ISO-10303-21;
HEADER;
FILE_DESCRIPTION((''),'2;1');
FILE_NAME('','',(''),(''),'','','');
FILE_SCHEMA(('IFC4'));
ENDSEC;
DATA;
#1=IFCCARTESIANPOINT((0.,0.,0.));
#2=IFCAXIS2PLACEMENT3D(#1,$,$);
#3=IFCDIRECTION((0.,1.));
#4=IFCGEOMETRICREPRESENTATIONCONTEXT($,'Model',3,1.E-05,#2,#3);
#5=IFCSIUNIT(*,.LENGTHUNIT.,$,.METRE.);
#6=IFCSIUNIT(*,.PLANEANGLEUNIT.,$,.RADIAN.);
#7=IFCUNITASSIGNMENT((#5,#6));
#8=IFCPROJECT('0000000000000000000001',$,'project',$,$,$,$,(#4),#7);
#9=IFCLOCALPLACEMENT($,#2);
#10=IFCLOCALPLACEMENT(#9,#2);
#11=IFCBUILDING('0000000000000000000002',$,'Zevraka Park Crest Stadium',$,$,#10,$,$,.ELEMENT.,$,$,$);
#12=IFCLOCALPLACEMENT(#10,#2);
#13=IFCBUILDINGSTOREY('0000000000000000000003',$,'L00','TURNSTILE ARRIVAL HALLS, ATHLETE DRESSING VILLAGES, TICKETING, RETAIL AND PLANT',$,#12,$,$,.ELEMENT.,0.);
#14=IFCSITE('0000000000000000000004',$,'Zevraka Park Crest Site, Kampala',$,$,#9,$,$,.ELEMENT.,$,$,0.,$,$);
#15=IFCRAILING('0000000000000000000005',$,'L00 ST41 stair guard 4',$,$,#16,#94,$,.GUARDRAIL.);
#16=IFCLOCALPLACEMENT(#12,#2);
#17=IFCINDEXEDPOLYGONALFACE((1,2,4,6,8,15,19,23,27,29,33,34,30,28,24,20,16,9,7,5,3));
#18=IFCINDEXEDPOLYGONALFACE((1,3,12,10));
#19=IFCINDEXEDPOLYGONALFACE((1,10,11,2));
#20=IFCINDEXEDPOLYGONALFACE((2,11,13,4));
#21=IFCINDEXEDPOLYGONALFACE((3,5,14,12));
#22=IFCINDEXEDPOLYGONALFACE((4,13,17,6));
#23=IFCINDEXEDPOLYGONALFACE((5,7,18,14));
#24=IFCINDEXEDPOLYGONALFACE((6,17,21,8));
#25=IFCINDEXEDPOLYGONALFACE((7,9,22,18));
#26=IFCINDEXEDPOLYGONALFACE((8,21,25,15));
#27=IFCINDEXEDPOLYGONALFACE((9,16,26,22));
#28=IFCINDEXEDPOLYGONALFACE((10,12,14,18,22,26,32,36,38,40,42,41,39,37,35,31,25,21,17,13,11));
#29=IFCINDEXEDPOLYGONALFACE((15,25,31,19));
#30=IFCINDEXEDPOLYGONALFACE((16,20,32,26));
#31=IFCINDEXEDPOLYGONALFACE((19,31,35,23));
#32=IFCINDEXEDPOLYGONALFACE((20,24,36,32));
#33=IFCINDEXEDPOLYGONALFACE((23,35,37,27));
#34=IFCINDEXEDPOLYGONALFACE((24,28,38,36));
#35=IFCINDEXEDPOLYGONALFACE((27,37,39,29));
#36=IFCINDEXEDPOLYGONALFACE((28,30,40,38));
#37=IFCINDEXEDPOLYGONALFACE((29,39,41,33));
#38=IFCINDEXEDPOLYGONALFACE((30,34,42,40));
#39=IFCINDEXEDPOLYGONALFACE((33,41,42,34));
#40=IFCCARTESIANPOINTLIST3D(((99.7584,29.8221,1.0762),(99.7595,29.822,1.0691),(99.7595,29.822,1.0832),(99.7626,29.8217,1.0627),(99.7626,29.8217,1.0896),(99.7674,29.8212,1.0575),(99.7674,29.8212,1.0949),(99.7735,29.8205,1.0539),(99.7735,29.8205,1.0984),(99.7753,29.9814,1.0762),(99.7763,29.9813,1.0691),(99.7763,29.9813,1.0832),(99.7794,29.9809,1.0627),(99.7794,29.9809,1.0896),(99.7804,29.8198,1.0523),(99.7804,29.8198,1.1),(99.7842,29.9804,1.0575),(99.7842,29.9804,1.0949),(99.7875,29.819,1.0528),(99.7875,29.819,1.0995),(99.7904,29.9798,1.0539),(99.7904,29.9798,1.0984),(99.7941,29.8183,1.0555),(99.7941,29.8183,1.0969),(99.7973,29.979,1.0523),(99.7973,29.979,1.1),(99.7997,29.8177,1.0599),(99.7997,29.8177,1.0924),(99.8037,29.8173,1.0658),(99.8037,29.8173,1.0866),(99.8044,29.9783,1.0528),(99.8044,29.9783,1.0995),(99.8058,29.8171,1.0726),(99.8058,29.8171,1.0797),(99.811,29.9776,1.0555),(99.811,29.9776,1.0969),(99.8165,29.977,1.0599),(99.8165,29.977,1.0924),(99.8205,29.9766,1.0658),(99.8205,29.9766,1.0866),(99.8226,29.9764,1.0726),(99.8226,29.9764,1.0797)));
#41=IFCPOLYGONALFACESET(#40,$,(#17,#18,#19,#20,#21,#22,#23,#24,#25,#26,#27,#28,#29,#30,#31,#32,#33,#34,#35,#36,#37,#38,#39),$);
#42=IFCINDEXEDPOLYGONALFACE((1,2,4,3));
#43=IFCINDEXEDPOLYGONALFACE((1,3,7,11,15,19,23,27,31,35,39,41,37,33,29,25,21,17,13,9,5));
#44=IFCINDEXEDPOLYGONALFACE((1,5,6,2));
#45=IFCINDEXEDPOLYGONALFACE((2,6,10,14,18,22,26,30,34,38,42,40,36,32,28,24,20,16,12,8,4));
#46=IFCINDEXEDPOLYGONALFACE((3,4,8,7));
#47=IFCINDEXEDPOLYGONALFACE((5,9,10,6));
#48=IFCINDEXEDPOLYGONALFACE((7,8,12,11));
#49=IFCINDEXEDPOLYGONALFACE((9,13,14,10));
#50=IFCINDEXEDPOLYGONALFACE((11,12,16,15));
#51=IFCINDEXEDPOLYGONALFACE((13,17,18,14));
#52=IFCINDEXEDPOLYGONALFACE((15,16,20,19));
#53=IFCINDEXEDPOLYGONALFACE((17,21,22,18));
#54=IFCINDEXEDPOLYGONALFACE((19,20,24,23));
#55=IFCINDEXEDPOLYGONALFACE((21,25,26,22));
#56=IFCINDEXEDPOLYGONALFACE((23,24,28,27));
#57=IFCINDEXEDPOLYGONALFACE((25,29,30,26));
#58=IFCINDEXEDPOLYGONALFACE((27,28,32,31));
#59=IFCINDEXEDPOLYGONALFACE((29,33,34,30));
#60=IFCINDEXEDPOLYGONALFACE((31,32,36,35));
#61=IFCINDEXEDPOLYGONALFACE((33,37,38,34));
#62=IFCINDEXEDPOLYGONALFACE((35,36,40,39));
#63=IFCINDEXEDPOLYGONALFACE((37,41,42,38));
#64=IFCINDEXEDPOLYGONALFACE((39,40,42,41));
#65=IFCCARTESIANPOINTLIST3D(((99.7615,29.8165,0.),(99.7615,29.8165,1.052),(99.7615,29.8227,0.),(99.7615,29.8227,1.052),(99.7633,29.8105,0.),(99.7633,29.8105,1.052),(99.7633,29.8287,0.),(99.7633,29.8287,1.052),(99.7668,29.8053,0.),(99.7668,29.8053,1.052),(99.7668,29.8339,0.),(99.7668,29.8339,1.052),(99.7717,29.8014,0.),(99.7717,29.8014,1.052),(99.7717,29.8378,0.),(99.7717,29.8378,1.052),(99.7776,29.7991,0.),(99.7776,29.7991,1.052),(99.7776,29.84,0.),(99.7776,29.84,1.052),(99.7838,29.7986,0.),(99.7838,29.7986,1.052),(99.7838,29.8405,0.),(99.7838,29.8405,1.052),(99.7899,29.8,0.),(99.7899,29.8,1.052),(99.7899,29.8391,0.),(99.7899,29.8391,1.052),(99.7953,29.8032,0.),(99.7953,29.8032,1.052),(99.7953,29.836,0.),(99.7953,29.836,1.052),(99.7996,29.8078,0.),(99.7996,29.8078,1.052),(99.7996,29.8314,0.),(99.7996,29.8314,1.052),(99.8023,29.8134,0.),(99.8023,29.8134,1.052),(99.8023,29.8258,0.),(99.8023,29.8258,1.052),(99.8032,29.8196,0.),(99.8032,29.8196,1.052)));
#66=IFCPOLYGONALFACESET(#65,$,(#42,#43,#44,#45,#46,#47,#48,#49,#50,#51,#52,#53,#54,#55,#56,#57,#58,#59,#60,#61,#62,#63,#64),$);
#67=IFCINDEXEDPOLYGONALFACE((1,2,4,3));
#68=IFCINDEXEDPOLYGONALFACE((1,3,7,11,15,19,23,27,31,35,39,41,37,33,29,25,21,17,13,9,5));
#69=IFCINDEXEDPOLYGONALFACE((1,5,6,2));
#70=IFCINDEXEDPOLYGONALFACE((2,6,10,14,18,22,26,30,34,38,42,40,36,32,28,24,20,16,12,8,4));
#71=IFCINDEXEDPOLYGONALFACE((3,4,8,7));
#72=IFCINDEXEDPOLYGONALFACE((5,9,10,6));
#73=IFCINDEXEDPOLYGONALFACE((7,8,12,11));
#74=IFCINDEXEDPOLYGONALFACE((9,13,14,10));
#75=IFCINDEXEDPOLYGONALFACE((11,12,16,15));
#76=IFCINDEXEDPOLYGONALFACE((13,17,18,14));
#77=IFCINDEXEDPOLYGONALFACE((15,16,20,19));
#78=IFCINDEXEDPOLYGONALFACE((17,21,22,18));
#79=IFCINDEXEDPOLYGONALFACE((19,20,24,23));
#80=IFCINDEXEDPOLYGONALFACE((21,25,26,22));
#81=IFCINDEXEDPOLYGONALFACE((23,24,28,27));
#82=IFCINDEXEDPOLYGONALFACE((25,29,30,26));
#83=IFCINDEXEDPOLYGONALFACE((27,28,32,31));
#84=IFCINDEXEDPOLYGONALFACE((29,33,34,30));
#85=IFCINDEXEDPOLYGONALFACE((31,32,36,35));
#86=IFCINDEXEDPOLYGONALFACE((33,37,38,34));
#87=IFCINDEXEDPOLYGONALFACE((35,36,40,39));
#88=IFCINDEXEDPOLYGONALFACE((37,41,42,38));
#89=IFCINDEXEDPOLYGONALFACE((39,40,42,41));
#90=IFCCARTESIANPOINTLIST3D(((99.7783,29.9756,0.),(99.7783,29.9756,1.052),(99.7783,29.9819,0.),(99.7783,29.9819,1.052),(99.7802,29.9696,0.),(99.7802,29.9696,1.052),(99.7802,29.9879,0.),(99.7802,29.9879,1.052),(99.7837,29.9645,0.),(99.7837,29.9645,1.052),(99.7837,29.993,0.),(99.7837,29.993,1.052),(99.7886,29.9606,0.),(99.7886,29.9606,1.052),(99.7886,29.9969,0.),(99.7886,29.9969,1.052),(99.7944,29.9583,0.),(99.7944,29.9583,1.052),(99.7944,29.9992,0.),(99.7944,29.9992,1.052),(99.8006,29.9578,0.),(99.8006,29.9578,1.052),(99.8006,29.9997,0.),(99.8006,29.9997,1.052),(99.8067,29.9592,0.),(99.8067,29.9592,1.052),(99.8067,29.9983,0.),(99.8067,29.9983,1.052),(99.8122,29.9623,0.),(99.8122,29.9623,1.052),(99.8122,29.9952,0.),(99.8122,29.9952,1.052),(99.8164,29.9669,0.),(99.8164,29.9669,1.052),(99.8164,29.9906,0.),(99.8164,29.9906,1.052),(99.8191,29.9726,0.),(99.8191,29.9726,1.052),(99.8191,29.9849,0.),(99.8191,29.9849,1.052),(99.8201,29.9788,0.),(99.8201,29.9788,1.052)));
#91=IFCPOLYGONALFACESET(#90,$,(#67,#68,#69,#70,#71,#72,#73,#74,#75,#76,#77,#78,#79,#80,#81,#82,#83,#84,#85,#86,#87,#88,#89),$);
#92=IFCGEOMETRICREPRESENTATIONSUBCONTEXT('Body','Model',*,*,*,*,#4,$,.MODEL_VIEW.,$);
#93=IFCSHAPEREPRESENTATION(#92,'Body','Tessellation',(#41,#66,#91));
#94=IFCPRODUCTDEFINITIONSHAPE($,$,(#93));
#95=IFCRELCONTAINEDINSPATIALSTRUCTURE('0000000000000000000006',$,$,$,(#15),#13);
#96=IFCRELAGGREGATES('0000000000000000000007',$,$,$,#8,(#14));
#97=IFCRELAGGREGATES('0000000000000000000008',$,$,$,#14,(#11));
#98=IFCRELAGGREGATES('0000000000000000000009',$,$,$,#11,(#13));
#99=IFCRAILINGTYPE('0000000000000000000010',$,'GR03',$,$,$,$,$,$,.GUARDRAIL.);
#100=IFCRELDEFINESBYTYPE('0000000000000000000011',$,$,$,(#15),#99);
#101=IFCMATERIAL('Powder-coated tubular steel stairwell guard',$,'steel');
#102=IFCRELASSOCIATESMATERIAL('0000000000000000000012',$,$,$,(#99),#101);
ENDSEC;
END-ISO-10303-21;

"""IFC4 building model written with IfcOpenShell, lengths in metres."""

from ifc_helpers import new_model, si_unit, direction, frame, origin, origin_2d, place, context, subcontext, project, spatial, circle, extrude, material, type_object, element, save


model = new_model("IFC4")

# Units and contexts
model_context = context("Model", 3, precision=1e-05, world=origin(), true_north=direction((0.0, 1.0)))
body_context = subcontext(model_context, "Body", "Model", "MODEL_VIEW")
ifc_project = project(units=[si_unit("LENGTHUNIT", "METRE"), si_unit("PLANEANGLEUNIT", "RADIAN")], contexts=[model_context])

# Site, building, storey
site_placement = place(None, origin())
site = spatial("IfcSite", under=ifc_project, at=site_placement, Name="Zevraka Park Crest Site, Kampala", CompositionType="ELEMENT", RefElevation=0.0)
building_placement = place(site_placement, origin())
building = spatial("IfcBuilding", under=site, at=building_placement, Name="Zevraka Park Crest Stadium", CompositionType="ELEMENT")
storey_placement = place(building_placement, origin())
storey = spatial("IfcBuildingStorey", under=building, at=storey_placement, Name="L00", Description="TURNSTILE ARRIVAL HALLS, ATHLETE DRESSING VILLAGES, TICKETING, RETAIL AND PLANT", CompositionType="ELEMENT", Elevation=0.0)

# Railing
ifc_material_1 = material(Name="Powder-coated tubular steel stairwell guard", Category="steel")
railing_type_1 = type_object("IfcRailingType", Name="GR03", PredefinedType="GUARDRAIL", material=ifc_material_1)
railing_1_placement = place(storey_placement, frame((99.7822, 29.8196, 0.0)))
element("IfcRailing", 1, at=railing_1_placement, inside=storey, type_object=railing_type_1, Name="L00 ST41 stair guard 4", PredefinedType="GUARDRAIL", context=body_context, shape_type="SweptSolid", body=[
    extrude(circle(Radius=0.0239, at=origin_2d()), frame((0.0, 0.0, 1.0762), z_axis=(0.105241, 0.994447, 0.0), x_axis=(-0.994447, 0.105241, 0.0)), (0.0, 0.0, 1.0), 0.1602),
    extrude(circle(Radius=0.021, at=origin_2d()), origin(), (0.0, 0.0, 1.0), 1.052),
    extrude(circle(Radius=0.021, at=origin_2d()), frame((0.0168, 0.1592, 0.0)), (0.0, 0.0, 1.0), 1.052),
])

save(model, "model.ifc")
